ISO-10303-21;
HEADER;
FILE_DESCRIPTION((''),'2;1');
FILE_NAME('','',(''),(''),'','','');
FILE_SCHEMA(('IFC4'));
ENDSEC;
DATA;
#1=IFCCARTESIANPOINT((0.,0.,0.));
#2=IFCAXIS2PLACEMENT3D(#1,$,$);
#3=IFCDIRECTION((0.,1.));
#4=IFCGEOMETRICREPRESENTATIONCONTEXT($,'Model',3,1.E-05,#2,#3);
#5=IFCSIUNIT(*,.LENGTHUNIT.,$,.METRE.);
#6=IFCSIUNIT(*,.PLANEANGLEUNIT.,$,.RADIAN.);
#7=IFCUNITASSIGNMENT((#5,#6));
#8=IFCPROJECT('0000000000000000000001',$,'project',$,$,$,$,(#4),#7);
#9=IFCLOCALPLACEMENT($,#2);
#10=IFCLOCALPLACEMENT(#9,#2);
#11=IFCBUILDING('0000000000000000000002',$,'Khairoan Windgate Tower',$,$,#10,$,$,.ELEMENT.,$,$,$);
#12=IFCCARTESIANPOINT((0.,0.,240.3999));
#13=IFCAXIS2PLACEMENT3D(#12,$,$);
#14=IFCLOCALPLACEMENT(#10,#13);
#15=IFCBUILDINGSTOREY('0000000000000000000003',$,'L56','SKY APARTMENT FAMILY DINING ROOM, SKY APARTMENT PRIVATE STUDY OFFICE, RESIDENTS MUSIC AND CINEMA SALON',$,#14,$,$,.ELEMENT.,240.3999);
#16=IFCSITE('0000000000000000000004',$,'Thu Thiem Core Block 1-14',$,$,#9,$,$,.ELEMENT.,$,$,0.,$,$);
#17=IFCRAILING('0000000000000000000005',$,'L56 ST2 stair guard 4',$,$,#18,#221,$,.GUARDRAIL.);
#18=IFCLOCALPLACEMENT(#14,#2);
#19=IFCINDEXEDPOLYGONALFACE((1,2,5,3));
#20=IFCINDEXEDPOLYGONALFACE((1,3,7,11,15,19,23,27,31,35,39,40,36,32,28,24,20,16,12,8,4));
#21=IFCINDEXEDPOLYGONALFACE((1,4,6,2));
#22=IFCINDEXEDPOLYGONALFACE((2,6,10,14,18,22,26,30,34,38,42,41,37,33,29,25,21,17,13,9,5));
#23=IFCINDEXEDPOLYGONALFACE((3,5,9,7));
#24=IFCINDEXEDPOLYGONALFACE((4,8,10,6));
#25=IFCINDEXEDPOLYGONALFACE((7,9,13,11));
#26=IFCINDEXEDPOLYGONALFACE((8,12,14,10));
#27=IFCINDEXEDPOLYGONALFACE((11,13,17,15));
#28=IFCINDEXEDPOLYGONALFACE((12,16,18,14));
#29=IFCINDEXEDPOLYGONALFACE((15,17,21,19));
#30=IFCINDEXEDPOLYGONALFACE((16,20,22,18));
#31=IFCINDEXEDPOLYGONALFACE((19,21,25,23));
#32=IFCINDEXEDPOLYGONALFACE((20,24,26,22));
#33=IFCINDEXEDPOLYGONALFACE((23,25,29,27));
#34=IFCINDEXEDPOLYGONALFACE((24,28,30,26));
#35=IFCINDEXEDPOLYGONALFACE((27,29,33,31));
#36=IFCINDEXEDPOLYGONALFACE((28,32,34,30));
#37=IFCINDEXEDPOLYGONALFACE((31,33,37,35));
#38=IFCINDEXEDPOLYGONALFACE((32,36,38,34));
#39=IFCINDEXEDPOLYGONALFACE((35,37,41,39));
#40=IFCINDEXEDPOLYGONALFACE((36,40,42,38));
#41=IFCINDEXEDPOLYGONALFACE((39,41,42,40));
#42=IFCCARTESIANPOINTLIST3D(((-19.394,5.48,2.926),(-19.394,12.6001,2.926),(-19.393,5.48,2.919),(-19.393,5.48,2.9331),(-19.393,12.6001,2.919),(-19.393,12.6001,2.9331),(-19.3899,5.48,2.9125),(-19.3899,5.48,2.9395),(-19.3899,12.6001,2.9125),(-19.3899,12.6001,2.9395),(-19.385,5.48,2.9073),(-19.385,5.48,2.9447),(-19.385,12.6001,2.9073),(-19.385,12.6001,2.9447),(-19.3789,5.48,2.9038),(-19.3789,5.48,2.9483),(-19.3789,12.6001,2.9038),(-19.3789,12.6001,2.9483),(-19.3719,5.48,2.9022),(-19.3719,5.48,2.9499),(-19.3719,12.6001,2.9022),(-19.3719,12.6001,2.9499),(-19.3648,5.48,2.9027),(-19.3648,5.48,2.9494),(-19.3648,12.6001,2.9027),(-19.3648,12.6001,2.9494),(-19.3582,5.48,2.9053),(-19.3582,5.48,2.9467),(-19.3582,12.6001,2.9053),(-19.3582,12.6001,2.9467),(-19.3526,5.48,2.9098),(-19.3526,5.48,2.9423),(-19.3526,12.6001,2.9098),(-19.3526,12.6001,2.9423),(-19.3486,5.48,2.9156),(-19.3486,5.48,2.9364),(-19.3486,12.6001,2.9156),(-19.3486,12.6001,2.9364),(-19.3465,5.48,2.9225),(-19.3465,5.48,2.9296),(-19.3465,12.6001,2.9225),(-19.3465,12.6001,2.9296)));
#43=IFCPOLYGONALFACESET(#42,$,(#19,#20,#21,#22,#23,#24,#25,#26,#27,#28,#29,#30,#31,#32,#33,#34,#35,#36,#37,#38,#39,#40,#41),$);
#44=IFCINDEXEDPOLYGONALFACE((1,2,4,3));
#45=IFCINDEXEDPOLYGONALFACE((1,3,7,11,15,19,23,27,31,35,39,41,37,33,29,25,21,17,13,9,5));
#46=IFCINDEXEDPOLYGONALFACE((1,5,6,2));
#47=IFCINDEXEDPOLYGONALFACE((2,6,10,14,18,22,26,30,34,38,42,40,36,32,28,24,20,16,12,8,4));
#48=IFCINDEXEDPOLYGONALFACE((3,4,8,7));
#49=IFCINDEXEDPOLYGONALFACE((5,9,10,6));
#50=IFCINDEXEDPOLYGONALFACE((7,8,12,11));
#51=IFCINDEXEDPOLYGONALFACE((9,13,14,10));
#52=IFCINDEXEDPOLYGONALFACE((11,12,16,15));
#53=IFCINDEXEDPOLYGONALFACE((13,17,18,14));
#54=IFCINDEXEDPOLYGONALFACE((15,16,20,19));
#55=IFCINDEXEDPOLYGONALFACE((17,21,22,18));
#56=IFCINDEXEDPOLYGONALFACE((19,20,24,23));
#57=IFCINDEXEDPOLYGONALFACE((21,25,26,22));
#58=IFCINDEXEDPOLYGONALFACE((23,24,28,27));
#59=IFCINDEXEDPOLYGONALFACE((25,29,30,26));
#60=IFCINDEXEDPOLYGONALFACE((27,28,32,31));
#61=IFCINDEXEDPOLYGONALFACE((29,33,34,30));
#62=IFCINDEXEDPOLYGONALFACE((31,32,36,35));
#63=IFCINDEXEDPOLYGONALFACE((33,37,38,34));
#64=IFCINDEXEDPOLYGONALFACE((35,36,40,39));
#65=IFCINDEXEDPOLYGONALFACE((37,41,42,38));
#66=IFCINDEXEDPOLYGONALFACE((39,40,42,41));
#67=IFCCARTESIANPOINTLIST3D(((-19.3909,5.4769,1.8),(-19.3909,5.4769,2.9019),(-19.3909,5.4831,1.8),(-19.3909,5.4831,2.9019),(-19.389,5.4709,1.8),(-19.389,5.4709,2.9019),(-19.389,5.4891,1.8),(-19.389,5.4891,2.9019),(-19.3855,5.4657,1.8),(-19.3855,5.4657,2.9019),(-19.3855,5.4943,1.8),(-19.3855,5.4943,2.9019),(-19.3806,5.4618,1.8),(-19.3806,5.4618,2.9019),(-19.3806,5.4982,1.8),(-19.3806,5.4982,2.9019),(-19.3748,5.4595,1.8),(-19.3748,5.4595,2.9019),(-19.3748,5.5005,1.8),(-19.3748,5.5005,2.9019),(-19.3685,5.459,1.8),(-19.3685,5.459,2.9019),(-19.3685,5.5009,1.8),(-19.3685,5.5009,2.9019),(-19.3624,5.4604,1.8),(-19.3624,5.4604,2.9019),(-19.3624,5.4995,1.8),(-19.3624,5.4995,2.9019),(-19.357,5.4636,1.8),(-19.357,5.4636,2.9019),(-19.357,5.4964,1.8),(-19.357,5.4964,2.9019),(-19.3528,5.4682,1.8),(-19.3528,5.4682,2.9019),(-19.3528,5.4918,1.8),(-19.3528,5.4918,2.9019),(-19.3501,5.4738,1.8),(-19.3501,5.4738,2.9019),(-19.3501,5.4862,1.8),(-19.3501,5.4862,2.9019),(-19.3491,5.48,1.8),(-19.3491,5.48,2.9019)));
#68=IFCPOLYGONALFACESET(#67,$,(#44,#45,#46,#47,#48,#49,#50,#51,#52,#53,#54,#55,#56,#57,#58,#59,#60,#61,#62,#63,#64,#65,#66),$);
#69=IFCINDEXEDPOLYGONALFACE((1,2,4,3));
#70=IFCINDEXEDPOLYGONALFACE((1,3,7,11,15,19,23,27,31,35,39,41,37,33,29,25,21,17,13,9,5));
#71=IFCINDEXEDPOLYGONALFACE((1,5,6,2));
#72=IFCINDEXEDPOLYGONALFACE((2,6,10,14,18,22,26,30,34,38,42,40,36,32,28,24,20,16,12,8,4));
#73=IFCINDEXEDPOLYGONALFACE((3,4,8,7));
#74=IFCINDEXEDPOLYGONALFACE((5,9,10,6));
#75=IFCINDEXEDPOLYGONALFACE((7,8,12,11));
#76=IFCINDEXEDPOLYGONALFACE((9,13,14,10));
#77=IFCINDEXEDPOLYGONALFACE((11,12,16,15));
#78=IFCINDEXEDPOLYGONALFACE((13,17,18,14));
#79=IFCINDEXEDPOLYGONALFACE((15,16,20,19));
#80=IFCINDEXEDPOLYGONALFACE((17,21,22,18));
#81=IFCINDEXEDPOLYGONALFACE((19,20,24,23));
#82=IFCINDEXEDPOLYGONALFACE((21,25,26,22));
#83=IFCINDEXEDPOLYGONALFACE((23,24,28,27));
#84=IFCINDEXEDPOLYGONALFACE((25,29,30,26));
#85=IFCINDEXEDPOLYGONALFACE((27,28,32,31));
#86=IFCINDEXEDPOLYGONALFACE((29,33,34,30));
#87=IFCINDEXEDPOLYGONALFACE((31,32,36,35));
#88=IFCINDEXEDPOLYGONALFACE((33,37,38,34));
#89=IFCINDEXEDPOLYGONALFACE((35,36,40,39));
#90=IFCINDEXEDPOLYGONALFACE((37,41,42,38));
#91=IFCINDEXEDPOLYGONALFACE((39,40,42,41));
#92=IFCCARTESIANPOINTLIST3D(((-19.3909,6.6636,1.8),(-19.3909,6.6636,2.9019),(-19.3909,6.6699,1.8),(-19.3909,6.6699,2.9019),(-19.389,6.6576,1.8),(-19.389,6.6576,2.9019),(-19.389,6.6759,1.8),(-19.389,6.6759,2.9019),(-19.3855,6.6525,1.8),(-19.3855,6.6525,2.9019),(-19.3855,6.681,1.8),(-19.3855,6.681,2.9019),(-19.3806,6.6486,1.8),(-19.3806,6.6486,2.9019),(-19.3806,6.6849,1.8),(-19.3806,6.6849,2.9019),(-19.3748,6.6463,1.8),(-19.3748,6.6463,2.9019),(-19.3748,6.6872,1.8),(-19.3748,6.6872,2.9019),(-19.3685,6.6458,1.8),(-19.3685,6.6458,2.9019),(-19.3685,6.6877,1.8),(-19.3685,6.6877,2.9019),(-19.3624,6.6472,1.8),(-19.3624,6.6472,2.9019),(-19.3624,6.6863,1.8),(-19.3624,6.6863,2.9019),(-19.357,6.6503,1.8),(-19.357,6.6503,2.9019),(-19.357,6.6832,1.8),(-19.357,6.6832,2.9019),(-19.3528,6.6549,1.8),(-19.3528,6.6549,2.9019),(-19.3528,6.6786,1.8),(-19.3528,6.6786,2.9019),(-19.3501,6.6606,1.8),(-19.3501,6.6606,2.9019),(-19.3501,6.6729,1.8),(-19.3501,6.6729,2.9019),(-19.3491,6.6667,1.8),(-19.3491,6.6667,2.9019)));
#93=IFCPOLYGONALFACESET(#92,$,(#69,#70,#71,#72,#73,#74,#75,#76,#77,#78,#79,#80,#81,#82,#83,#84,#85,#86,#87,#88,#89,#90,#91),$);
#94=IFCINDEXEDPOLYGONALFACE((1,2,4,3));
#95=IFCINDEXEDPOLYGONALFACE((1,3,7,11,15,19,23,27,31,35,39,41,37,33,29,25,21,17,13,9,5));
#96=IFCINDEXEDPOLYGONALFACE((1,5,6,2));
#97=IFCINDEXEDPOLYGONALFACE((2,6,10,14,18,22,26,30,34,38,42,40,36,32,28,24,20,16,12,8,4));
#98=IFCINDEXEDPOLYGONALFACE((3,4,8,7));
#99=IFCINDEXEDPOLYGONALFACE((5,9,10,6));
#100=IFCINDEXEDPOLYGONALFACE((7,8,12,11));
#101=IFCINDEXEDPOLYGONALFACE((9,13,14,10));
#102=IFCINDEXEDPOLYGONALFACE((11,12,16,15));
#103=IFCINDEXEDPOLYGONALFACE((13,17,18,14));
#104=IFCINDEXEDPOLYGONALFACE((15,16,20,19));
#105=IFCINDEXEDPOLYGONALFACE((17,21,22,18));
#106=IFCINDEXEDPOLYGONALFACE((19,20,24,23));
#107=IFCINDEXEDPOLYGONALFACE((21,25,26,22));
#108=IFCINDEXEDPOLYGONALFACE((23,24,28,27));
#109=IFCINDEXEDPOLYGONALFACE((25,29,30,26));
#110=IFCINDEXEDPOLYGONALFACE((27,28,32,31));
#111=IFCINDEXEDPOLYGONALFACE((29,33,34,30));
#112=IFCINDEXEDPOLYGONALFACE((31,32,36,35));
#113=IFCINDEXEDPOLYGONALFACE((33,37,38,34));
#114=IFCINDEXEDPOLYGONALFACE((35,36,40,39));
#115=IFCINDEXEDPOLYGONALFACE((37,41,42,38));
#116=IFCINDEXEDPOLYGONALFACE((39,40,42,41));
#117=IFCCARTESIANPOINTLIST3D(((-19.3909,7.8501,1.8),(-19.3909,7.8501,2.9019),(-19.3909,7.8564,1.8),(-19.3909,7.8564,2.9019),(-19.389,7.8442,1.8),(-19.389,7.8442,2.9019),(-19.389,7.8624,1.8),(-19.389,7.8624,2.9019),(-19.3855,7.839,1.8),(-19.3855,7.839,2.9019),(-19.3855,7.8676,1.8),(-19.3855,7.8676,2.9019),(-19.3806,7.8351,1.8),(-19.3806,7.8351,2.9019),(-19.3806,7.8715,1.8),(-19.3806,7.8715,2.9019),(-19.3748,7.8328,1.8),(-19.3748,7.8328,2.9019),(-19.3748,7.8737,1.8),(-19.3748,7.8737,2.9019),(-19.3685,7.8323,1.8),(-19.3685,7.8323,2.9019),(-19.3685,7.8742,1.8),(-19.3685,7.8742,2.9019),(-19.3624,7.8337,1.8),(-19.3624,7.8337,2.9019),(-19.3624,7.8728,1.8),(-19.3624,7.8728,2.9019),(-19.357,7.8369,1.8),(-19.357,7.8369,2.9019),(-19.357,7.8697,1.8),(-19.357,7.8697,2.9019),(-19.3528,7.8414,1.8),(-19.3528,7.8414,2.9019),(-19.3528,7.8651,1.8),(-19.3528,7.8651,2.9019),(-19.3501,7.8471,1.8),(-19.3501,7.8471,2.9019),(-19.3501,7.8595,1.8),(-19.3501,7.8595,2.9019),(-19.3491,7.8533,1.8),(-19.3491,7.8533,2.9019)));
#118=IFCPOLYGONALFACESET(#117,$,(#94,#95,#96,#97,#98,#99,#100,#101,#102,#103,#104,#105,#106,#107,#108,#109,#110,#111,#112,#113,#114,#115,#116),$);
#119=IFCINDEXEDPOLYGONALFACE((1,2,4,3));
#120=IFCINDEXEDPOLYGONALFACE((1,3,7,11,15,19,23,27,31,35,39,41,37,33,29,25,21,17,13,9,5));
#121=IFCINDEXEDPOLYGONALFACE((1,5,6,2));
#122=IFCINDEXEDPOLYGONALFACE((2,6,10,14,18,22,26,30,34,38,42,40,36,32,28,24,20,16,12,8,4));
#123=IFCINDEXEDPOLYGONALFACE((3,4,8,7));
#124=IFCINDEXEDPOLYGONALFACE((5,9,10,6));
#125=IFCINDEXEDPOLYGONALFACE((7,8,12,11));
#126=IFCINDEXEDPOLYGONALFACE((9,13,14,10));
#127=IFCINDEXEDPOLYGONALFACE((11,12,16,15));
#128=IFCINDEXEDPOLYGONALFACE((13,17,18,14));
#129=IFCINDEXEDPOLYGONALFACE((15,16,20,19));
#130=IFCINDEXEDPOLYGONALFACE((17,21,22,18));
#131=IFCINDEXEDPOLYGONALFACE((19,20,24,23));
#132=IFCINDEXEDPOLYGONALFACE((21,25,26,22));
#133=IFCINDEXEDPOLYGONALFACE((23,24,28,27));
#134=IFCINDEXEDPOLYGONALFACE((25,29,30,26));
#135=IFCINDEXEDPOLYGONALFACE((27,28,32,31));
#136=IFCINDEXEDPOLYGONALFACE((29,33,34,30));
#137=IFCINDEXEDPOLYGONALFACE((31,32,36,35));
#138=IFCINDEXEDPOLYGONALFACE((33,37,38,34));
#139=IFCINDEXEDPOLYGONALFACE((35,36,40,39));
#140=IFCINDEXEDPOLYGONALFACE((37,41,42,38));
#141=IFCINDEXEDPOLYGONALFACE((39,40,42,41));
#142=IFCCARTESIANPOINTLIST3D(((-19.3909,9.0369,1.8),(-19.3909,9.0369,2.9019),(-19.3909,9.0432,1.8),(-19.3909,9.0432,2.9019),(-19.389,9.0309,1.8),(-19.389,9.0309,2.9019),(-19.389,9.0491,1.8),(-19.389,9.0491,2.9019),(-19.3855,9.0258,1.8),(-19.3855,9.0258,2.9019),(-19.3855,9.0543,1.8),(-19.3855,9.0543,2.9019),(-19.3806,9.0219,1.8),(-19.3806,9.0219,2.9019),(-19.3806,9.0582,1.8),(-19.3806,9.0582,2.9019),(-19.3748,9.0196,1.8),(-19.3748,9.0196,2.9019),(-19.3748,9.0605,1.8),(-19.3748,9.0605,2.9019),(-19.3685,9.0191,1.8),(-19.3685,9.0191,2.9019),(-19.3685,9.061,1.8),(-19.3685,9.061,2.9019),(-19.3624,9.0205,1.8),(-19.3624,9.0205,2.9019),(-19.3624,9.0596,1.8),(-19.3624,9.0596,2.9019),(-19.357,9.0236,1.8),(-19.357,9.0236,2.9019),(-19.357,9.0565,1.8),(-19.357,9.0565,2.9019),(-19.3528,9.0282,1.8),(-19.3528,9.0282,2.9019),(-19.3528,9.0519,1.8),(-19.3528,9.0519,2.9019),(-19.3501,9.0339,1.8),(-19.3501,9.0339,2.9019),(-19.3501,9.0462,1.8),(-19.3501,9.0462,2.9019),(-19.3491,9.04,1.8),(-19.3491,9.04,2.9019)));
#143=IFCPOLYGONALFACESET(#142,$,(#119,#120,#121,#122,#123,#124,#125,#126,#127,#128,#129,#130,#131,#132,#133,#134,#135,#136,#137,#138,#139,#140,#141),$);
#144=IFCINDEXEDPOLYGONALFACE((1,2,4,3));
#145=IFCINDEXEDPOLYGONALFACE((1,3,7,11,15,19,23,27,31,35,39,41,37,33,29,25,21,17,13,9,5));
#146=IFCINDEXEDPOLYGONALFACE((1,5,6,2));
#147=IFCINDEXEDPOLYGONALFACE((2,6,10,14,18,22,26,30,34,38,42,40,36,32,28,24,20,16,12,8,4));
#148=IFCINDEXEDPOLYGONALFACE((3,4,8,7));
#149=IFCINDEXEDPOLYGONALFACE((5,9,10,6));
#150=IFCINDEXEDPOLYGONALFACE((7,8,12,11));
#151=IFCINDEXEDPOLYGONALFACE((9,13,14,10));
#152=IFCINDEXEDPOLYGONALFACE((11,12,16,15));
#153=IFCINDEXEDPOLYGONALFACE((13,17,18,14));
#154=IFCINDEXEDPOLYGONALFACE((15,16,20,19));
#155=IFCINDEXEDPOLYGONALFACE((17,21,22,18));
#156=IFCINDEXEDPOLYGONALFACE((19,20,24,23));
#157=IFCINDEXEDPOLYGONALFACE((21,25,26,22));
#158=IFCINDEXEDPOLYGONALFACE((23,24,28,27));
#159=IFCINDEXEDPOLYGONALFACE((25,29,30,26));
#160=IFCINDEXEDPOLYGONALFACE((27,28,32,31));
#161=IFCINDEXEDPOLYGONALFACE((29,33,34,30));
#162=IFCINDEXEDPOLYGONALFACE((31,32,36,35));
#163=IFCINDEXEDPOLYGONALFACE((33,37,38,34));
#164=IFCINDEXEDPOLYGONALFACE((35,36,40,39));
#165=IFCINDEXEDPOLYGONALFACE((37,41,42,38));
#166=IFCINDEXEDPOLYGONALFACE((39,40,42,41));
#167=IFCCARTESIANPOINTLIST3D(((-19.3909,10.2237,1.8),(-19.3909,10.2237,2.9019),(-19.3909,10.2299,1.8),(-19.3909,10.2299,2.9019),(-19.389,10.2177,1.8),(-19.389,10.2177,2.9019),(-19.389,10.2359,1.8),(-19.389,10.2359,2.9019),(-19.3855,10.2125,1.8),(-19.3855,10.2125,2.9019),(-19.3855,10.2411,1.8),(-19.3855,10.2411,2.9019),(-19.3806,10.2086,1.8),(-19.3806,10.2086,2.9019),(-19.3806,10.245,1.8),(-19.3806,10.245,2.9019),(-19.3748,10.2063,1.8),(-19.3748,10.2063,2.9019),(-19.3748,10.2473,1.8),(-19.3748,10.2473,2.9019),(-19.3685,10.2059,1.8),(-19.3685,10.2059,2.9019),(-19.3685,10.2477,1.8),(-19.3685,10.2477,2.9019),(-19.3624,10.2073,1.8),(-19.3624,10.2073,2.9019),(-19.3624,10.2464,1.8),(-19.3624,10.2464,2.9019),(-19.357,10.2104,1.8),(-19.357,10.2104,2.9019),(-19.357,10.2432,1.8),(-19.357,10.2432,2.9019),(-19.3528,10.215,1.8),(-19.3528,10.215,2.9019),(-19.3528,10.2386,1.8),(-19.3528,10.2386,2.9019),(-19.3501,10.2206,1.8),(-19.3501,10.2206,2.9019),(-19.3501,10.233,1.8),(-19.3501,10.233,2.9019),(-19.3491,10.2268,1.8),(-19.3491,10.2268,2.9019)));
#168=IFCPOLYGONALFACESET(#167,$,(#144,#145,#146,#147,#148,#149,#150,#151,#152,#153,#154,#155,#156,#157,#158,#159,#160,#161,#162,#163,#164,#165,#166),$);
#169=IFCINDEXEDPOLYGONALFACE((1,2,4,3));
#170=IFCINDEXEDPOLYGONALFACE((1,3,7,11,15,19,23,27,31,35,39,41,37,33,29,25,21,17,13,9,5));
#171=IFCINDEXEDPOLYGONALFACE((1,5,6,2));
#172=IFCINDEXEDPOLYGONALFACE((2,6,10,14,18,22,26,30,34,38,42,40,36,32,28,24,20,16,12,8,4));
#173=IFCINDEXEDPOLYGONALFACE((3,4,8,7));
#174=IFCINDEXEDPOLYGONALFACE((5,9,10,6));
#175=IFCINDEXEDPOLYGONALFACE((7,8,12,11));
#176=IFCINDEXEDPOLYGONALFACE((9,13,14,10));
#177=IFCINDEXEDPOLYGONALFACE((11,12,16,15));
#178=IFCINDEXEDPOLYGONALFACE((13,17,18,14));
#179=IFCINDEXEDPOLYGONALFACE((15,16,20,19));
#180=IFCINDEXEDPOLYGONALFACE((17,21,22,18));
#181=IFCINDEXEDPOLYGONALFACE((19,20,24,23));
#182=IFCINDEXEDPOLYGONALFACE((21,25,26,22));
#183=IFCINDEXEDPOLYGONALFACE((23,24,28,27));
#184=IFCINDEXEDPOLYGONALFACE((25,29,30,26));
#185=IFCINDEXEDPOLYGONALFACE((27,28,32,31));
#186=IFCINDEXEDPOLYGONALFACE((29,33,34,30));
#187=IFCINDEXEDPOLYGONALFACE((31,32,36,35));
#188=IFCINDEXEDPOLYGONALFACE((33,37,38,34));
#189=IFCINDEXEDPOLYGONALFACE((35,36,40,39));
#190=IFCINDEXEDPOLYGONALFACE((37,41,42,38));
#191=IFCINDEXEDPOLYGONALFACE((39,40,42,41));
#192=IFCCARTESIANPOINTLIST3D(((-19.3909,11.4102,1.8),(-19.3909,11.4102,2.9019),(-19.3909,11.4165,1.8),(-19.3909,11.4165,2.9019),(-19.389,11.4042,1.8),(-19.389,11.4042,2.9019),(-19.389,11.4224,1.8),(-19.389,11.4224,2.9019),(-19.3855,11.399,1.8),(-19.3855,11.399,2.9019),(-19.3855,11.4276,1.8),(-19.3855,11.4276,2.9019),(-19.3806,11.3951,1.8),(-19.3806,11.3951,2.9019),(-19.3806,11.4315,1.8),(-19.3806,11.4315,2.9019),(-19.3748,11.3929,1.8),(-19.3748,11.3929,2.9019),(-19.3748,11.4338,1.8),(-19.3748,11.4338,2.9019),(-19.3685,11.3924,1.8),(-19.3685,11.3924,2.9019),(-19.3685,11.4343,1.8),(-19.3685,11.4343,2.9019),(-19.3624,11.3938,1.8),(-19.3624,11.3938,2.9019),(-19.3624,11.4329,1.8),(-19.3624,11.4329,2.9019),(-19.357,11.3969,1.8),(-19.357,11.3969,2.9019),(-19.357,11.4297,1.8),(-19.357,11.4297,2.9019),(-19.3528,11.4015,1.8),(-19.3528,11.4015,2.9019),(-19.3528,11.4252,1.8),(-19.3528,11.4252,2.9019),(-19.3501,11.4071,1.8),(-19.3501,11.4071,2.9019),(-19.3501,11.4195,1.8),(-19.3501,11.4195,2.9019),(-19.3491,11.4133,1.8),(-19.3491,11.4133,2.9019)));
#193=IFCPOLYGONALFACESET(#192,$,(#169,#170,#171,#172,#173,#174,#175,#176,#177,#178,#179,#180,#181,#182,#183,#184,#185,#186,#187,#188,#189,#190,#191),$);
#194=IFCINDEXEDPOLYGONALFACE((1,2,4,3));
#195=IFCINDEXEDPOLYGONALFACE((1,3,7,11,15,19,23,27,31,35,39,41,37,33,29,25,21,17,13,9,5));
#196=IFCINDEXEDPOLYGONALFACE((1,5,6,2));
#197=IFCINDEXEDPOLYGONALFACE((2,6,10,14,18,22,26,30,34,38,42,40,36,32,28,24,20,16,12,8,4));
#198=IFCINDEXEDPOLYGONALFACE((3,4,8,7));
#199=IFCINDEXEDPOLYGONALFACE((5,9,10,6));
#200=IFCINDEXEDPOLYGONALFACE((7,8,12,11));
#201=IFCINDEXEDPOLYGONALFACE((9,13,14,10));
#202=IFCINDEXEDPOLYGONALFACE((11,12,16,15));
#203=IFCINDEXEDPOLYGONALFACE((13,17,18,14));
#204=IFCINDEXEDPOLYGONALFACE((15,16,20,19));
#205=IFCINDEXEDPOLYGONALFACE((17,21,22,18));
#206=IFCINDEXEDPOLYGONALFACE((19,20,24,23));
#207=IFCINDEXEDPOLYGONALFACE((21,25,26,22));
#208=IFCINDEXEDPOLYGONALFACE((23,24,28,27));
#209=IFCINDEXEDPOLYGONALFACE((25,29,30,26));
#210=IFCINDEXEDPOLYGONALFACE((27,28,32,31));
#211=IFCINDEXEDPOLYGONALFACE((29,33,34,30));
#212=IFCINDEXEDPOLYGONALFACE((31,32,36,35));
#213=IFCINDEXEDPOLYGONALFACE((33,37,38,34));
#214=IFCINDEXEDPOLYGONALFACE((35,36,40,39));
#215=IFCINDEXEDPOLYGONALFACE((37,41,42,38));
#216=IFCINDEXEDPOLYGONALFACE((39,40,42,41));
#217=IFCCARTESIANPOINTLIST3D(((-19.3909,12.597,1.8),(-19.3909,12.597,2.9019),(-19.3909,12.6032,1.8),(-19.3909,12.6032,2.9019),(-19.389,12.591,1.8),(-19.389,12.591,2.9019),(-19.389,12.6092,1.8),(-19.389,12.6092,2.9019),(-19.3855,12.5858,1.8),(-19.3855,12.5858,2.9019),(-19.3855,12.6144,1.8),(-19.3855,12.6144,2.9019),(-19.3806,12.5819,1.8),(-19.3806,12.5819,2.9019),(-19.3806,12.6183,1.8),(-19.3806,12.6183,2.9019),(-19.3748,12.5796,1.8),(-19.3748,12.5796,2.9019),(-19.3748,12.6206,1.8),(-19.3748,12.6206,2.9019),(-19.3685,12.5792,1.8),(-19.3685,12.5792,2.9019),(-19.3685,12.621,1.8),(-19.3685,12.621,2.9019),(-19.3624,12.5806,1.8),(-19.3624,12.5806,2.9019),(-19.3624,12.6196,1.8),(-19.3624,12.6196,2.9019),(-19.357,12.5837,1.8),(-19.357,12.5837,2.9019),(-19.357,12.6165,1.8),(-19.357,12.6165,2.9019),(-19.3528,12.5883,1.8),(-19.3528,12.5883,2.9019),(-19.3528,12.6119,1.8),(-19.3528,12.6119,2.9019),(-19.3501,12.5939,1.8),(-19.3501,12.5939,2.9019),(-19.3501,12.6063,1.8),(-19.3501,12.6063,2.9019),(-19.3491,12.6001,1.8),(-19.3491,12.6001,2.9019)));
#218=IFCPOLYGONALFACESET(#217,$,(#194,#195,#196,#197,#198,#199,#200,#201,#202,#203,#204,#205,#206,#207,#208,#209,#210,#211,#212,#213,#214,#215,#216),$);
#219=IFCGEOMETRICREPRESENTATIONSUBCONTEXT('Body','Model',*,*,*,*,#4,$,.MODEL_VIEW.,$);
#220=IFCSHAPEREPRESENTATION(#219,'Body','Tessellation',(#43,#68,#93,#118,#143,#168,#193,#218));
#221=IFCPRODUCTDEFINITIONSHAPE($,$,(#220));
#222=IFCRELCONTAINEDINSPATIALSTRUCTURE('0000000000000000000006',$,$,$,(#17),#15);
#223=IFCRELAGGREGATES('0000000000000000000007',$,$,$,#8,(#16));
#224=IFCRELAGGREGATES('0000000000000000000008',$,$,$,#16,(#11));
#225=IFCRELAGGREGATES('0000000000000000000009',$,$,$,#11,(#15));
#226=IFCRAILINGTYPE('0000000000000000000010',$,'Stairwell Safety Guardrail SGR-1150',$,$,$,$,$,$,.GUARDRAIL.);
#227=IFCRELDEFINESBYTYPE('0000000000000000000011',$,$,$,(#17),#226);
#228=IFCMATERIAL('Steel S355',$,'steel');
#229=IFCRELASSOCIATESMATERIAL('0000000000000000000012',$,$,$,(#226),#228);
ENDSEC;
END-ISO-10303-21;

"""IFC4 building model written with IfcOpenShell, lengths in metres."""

from ifc_helpers import new_model, si_unit, direction, frame, origin, origin_2d, place, context, subcontext, project, spatial, circle, extrude, material, type_object, element, save


model = new_model("IFC4")

# Units and contexts
model_context = context("Model", 3, precision=1e-05, world=origin(), true_north=direction((0.0, 1.0)))
body_context = subcontext(model_context, "Body", "Model", "MODEL_VIEW")
ifc_project = project(units=[si_unit("LENGTHUNIT", "METRE"), si_unit("PLANEANGLEUNIT", "RADIAN")], contexts=[model_context])

# Site, building, storey
site_placement = place(None, origin())
site = spatial("IfcSite", under=ifc_project, at=site_placement, Name="Thu Thiem Core Block 1-14", CompositionType="ELEMENT", RefElevation=0.0)
building_placement = place(site_placement, origin())
building = spatial("IfcBuilding", under=site, at=building_placement, Name="Khairoan Windgate Tower", CompositionType="ELEMENT")
storey_placement = place(building_placement, frame((0.0, 0.0, 240.3999)))
storey = spatial("IfcBuildingStorey", under=building, at=storey_placement, Name="L56", Description="SKY APARTMENT FAMILY DINING ROOM, SKY APARTMENT PRIVATE STUDY OFFICE, RESIDENTS MUSIC AND CINEMA SALON", CompositionType="ELEMENT", Elevation=240.3999)

# Railing
ifc_material_1 = material(Name="Steel S355", Category="steel")
railing_type_1 = type_object("IfcRailingType", Name="Stairwell Safety Guardrail SGR-1150", PredefinedType="GUARDRAIL", material=ifc_material_1)
railing_1_placement = place(storey_placement, frame((-19.3701, 5.48, 1.8)))
element("IfcRailing", 1, at=railing_1_placement, inside=storey, type_object=railing_type_1, Name="L56 ST2 stair guard 4", PredefinedType="GUARDRAIL", context=body_context, shape_type="SweptSolid", body=[
    extrude(circle(Radius=0.0239, at=origin_2d()), frame((0.0, 0.0, 1.126), z_axis=(0.0, 1.0, 0.0), x_axis=(-1.0, 0.0, 0.0)), (0.0, 0.0, 1.0), 7.1201),
    extrude(circle(Radius=0.021, at=origin_2d()), origin(), (0.0, 0.0, 1.0), 1.1018),
    extrude(circle(Radius=0.021, at=origin_2d()), frame((0.0, 1.1868, 0.0)), (0.0, 0.0, 1.0), 1.1018),
    extrude(circle(Radius=0.021, at=origin_2d()), frame((0.0, 2.3733, 0.0)), (0.0, 0.0, 1.0), 1.1018),
    extrude(circle(Radius=0.021, at=origin_2d()), frame((0.0, 3.5601, 0.0)), (0.0, 0.0, 1.0), 1.1018),
    extrude(circle(Radius=0.021, at=origin_2d()), frame((0.0, 4.7468, 0.0)), (0.0, 0.0, 1.0), 1.1018),
    extrude(circle(Radius=0.021, at=origin_2d()), frame((0.0, 5.9333, 0.0)), (0.0, 0.0, 1.0), 1.1018),
    extrude(circle(Radius=0.021, at=origin_2d()), frame((0.0, 7.1201, 0.0)), (0.0, 0.0, 1.0), 1.1018),
])

save(model, "model.ifc")
